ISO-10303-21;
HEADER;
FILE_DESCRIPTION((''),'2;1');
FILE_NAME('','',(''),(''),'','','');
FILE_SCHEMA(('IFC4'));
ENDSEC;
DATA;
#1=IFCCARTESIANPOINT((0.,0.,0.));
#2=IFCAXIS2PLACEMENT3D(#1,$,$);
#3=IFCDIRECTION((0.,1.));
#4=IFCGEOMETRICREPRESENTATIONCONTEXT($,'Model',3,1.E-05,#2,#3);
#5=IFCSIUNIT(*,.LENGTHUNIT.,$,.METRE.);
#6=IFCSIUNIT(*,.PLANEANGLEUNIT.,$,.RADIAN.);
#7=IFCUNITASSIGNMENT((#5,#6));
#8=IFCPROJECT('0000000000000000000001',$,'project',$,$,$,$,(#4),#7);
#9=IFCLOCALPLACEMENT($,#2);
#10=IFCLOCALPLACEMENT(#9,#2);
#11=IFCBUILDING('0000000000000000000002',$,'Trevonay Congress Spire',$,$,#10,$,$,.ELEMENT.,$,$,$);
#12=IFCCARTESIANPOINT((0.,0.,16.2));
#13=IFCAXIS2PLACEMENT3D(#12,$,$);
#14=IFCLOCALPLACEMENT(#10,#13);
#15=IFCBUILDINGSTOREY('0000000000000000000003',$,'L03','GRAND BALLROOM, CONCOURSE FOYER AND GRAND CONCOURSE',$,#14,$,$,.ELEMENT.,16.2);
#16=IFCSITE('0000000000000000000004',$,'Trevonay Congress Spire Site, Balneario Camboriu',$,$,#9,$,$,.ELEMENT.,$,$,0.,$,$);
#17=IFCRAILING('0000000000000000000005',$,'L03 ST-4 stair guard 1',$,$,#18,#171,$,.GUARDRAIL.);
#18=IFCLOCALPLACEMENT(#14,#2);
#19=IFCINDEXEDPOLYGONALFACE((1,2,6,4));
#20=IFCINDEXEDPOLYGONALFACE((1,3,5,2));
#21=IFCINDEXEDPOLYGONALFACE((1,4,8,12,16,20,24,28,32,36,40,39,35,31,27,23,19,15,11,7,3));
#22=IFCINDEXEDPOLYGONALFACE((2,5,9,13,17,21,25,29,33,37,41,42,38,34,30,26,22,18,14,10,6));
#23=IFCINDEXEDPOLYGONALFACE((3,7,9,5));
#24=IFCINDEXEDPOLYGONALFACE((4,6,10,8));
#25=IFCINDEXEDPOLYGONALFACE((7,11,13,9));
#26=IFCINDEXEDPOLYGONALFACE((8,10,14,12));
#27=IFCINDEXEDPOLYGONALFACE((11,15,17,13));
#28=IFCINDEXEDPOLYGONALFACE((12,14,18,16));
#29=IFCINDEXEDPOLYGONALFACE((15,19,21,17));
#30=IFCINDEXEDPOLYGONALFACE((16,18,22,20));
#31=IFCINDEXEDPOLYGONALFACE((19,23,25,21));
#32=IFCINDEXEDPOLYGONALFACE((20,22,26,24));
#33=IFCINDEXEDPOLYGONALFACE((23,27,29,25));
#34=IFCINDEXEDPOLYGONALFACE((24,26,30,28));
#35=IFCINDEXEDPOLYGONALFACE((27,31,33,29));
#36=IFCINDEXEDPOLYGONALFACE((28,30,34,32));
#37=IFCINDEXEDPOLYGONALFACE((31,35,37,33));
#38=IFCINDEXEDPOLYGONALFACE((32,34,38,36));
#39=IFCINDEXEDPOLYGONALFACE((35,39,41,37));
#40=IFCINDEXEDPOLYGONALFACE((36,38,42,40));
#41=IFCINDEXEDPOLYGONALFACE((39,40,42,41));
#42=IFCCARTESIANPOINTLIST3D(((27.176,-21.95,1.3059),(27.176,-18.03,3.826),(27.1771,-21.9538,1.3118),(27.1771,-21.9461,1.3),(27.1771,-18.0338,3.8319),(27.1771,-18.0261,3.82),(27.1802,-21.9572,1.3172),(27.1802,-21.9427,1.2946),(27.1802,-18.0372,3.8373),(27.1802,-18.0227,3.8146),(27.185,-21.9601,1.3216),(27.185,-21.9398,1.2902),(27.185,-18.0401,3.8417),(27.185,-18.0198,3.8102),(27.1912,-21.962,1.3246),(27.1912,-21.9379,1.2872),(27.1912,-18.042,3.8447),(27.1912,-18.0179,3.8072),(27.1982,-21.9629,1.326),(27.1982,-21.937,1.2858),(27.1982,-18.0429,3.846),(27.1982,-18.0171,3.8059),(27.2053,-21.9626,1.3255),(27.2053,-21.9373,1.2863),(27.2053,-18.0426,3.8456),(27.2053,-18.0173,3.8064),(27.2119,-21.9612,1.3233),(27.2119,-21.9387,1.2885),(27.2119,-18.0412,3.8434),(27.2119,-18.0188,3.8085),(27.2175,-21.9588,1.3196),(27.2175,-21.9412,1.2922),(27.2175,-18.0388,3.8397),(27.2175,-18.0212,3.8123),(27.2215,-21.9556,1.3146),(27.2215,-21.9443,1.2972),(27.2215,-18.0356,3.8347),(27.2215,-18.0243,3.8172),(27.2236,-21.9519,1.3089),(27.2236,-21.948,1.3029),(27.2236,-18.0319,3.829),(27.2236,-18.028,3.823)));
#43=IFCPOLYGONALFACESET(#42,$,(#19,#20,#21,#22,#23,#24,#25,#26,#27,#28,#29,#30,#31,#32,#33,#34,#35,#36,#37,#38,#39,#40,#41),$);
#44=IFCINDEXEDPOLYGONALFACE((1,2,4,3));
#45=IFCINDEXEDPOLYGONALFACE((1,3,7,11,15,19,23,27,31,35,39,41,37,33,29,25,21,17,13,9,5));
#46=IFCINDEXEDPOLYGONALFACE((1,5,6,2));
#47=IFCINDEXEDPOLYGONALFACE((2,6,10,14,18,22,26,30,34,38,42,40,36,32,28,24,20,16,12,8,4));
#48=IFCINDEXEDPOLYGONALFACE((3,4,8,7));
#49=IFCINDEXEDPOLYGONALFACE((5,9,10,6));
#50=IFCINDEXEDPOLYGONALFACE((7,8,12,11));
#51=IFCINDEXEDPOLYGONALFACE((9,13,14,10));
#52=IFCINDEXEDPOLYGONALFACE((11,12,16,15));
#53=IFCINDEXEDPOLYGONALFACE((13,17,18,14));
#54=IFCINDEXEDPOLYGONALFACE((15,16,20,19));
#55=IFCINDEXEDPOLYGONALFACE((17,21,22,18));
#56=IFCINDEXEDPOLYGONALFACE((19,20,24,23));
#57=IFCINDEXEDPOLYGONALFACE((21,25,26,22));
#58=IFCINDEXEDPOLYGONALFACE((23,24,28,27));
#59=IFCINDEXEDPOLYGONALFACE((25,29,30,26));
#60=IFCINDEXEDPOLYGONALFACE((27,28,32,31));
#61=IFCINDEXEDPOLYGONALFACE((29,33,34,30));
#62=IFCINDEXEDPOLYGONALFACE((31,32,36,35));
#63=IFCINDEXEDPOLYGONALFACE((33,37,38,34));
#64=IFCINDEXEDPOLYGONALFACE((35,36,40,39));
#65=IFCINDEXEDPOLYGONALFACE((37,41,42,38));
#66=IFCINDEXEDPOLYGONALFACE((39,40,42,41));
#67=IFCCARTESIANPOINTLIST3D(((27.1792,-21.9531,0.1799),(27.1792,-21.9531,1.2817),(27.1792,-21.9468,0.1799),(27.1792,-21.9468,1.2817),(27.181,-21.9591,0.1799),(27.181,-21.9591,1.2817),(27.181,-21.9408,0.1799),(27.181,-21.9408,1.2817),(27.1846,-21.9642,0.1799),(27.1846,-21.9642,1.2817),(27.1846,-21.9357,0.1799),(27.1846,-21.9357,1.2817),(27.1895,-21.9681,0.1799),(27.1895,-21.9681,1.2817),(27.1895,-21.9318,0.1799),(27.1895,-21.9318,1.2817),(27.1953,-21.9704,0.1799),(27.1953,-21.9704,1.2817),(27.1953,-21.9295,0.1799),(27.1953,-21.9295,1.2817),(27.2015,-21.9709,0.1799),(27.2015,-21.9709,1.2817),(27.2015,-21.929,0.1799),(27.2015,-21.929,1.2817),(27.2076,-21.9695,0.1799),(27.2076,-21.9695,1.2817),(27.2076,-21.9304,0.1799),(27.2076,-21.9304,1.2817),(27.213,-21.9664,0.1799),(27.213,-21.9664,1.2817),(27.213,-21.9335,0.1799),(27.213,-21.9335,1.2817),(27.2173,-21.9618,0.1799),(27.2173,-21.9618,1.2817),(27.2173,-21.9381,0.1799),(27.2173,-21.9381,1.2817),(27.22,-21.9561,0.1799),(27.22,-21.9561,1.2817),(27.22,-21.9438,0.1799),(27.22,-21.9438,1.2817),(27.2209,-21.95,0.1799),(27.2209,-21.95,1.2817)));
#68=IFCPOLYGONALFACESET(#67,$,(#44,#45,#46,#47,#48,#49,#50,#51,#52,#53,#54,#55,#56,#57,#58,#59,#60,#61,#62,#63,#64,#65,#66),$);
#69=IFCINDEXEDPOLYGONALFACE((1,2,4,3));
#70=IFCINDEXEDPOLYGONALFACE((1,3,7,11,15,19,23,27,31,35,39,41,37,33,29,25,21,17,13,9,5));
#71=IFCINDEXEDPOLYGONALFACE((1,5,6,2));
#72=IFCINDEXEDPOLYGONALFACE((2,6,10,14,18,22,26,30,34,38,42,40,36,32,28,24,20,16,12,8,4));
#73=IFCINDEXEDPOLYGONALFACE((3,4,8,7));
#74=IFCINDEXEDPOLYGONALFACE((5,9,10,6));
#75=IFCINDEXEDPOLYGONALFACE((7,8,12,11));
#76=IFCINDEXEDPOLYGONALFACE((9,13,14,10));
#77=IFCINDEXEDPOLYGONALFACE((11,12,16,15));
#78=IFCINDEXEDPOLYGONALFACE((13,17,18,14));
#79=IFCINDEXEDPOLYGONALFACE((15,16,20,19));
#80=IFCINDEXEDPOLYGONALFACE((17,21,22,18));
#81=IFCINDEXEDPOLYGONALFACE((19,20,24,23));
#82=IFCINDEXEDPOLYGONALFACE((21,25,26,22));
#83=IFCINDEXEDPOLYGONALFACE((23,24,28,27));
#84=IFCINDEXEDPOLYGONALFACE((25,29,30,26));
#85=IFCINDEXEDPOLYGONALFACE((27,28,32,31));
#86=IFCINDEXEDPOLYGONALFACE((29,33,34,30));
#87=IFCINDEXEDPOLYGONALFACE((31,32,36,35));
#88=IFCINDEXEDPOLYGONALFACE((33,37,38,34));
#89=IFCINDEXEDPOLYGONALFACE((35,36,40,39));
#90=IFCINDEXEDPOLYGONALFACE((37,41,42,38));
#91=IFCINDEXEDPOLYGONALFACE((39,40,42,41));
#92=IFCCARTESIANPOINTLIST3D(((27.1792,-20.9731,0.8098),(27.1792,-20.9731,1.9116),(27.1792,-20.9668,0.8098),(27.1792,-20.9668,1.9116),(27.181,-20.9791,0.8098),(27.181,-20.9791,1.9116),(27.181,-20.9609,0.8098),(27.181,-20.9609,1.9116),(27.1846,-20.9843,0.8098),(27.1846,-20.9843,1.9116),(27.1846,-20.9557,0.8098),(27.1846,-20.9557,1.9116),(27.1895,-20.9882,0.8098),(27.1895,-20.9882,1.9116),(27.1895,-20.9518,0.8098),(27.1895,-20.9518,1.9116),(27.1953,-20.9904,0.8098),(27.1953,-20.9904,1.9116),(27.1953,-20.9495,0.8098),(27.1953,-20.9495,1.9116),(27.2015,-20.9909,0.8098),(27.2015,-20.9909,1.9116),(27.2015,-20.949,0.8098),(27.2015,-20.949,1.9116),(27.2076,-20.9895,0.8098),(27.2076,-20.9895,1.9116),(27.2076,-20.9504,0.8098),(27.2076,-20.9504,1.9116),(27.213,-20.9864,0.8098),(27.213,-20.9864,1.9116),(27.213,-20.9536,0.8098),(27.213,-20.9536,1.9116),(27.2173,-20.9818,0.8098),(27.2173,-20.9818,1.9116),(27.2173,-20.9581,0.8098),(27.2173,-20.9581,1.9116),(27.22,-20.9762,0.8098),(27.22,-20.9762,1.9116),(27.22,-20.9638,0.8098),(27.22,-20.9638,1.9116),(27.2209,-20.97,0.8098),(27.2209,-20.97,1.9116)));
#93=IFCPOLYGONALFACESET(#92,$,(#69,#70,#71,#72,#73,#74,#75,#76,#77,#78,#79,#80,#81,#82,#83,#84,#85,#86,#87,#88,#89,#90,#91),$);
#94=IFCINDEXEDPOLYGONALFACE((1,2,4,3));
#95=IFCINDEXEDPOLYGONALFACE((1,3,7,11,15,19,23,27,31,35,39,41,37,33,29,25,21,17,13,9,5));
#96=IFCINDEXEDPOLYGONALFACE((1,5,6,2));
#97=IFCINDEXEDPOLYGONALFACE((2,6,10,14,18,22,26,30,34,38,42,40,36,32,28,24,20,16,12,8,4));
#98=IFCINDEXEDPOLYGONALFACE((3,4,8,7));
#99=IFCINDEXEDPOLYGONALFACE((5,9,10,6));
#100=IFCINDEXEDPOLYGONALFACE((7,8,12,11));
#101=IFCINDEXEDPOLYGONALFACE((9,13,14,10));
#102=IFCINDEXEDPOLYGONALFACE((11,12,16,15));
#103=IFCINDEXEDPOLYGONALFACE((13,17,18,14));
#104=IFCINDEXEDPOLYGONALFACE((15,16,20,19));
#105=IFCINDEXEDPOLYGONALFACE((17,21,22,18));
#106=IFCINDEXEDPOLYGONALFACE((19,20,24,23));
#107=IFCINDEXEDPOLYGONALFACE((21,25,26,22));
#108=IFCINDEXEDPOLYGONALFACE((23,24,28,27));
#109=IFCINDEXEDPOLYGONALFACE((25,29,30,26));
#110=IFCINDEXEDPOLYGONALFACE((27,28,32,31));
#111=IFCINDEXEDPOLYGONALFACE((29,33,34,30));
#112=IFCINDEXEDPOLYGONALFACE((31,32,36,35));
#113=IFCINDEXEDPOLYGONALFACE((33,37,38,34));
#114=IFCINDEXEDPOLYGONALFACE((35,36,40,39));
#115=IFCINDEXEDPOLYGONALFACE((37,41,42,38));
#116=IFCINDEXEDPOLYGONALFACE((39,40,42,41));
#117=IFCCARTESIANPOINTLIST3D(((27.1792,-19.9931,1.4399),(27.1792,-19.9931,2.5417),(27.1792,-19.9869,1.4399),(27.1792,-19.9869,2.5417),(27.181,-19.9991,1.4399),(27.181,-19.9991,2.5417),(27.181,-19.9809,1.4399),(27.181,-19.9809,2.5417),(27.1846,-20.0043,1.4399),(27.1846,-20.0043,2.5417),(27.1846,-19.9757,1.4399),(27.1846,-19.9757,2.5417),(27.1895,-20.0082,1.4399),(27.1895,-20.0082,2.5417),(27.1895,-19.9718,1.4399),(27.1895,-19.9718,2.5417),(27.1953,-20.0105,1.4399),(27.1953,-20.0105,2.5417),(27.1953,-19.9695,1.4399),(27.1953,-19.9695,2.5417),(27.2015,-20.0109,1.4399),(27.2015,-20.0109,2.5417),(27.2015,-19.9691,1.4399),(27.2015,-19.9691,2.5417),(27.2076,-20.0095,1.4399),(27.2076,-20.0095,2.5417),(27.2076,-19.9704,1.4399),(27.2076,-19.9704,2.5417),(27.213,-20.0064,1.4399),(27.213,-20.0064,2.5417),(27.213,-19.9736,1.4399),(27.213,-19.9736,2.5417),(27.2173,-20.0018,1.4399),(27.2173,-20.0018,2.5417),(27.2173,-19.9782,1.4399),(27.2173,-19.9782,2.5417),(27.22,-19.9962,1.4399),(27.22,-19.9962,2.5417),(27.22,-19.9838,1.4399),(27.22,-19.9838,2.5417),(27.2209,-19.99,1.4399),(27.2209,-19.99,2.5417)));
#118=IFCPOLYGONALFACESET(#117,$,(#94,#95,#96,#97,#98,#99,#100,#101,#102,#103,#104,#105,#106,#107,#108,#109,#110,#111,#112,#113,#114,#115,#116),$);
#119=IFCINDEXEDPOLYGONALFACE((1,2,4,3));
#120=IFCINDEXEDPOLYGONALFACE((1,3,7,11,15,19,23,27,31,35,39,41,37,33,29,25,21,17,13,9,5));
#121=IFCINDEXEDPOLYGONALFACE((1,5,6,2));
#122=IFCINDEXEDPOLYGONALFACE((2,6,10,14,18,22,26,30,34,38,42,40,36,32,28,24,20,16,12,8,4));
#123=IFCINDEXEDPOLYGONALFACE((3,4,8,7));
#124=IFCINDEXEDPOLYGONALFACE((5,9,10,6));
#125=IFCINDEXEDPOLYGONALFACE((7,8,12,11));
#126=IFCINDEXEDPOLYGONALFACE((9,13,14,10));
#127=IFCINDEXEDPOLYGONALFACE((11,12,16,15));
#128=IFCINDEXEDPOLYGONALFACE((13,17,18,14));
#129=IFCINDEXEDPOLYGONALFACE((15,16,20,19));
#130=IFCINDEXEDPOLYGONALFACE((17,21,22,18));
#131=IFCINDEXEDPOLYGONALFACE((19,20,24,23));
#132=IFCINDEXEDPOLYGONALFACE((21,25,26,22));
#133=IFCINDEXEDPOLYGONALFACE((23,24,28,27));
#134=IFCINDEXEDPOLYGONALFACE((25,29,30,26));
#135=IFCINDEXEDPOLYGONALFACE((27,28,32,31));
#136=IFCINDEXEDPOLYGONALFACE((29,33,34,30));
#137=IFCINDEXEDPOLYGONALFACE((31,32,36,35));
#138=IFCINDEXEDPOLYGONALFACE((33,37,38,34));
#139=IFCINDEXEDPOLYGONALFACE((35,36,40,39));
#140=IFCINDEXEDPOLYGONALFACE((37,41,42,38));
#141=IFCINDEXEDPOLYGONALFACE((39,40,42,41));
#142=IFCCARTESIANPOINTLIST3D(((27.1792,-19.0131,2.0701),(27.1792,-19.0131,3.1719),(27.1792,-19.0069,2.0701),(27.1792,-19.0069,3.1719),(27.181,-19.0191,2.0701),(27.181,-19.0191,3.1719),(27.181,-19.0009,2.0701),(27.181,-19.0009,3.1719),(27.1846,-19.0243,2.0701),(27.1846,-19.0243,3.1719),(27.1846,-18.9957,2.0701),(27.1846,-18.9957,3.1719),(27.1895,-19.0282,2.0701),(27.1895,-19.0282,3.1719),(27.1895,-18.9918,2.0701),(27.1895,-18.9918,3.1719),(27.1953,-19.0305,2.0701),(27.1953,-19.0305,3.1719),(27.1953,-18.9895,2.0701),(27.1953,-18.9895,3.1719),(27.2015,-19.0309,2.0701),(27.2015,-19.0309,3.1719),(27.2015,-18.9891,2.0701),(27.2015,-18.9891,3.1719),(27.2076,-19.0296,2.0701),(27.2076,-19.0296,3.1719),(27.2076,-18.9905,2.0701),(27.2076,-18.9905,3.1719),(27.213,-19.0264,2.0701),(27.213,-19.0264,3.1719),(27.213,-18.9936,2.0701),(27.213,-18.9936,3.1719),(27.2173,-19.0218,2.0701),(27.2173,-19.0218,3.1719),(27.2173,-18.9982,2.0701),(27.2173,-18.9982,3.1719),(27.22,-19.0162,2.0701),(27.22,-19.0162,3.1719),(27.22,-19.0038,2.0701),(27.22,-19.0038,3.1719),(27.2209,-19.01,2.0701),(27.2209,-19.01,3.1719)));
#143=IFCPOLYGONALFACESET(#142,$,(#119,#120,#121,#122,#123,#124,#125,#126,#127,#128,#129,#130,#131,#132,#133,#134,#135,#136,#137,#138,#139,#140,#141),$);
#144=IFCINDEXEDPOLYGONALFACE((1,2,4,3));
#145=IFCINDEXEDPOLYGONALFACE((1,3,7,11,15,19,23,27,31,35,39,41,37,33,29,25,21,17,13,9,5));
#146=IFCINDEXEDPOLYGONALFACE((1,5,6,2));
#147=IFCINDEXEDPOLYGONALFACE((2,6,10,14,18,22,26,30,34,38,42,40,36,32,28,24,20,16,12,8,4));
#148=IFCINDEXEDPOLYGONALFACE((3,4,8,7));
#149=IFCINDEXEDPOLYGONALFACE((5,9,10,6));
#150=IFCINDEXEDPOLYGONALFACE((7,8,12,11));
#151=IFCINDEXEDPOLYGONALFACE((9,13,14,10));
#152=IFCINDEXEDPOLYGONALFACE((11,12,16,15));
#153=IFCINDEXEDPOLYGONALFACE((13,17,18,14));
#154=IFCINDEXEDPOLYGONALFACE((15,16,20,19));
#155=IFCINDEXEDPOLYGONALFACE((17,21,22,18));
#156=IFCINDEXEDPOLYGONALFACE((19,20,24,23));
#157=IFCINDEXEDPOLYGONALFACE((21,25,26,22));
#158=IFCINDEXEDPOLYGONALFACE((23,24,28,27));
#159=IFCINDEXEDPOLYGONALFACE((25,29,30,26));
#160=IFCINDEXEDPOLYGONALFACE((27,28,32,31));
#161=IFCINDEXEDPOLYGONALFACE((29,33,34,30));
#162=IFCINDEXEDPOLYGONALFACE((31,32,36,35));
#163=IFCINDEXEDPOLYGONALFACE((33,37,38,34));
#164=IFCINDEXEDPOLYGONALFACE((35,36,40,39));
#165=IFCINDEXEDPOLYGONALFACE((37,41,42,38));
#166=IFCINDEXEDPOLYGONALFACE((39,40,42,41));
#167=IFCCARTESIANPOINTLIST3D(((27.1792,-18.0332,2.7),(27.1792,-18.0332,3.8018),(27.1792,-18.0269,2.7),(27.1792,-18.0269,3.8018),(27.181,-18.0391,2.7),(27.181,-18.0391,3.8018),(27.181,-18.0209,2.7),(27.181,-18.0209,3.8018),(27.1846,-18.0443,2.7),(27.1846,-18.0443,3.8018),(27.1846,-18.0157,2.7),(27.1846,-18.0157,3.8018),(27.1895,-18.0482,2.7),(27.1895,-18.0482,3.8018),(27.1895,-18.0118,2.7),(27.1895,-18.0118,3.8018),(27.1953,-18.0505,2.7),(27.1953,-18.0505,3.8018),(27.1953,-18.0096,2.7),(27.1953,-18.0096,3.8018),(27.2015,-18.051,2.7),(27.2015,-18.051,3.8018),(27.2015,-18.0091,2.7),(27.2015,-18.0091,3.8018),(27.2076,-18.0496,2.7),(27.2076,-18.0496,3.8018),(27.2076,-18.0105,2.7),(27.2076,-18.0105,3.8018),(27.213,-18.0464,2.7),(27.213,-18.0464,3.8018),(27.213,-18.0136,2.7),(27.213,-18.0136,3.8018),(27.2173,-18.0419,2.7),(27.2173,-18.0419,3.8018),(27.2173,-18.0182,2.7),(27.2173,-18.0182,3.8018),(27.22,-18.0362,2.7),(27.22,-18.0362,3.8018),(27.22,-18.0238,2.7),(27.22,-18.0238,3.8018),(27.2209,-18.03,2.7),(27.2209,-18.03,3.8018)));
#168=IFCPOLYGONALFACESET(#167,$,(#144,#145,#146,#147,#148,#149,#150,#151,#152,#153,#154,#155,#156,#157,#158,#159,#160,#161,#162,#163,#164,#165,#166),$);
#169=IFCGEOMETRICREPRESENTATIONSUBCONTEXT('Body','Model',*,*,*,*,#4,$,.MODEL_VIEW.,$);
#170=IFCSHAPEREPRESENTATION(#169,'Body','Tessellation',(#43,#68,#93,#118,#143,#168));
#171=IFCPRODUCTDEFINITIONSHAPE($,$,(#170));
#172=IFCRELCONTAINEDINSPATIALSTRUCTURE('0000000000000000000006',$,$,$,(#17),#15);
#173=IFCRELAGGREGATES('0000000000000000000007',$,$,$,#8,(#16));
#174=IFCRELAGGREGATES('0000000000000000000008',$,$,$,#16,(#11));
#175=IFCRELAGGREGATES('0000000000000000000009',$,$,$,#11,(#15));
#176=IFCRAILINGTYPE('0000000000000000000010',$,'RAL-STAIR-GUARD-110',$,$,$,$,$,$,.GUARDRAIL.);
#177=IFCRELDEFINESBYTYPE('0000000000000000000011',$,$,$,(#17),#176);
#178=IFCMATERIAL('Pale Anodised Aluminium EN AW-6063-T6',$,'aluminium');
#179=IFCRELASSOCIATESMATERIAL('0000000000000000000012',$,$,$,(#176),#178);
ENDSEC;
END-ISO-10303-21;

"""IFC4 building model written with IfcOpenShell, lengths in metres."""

from ifc_helpers import new_model, si_unit, direction, frame, origin, origin_2d, place, context, subcontext, project, spatial, circle, extrude, material, type_object, element, save


model = new_model("IFC4")

# Units and contexts
model_context = context("Model", 3, precision=1e-05, world=origin(), true_north=direction((0.0, 1.0)))
body_context = subcontext(model_context, "Body", "Model", "MODEL_VIEW")
ifc_project = project(units=[si_unit("LENGTHUNIT", "METRE"), si_unit("PLANEANGLEUNIT", "RADIAN")], contexts=[model_context])

# Site, building, storey
site_placement = place(None, origin())
site = spatial("IfcSite", under=ifc_project, at=site_placement, Name="Trevonay Congress Spire Site, Balneario Camboriu", CompositionType="ELEMENT", RefElevation=0.0)
building_placement = place(site_placement, origin())
building = spatial("IfcBuilding", under=site, at=building_placement, Name="Trevonay Congress Spire", CompositionType="ELEMENT")
storey_placement = place(building_placement, frame((0.0, 0.0, 16.2)))
storey = spatial("IfcBuildingStorey", under=building, at=storey_placement, Name="L03", Description="GRAND BALLROOM, CONCOURSE FOYER AND GRAND CONCOURSE", CompositionType="ELEMENT", Elevation=16.2)

# Shared definitions
ifc_material_1 = material(Name="Pale Anodised Aluminium EN AW-6063-T6", Category="aluminium")

# Railing
railing_type_1 = type_object("IfcRailingType", Name="RAL-STAIR-GUARD-110", PredefinedType="GUARDRAIL", material=ifc_material_1)
railing_1_placement = place(storey_placement, frame((27.2, -21.95, 0.1799)))
element("IfcRailing", 1, at=railing_1_placement, inside=storey, type_object=railing_type_1, Name="L03 ST-4 stair guard 1", PredefinedType="GUARDRAIL", context=body_context, shape_type="SweptSolid", body=[
    extrude(circle(Radius=0.0239, at=origin_2d()), frame((0.0, 0.0, 1.126), z_axis=(0.0, 0.841172, 0.540768), x_axis=(-1.0, 0.0, 0.0)), (0.0, 0.0, 1.0), 4.6602),
    extrude(circle(Radius=0.021, at=origin_2d()), origin(), (0.0, 0.0, 1.0), 1.1018),
    extrude(circle(Radius=0.021, at=origin_2d()), frame((0.0, 0.98, 0.6299)), (0.0, 0.0, 1.0), 1.1018),
    extrude(circle(Radius=0.021, at=origin_2d()), frame((0.0, 1.96, 1.26)), (0.0, 0.0, 1.0), 1.1018),
    extrude(circle(Radius=0.021, at=origin_2d()), frame((0.0, 2.9399, 1.8901)), (0.0, 0.0, 1.0), 1.1018),
    extrude(circle(Radius=0.021, at=origin_2d()), frame((0.0, 3.9199, 2.52)), (0.0, 0.0, 1.0), 1.1018),
])

save(model, "model.ifc")
